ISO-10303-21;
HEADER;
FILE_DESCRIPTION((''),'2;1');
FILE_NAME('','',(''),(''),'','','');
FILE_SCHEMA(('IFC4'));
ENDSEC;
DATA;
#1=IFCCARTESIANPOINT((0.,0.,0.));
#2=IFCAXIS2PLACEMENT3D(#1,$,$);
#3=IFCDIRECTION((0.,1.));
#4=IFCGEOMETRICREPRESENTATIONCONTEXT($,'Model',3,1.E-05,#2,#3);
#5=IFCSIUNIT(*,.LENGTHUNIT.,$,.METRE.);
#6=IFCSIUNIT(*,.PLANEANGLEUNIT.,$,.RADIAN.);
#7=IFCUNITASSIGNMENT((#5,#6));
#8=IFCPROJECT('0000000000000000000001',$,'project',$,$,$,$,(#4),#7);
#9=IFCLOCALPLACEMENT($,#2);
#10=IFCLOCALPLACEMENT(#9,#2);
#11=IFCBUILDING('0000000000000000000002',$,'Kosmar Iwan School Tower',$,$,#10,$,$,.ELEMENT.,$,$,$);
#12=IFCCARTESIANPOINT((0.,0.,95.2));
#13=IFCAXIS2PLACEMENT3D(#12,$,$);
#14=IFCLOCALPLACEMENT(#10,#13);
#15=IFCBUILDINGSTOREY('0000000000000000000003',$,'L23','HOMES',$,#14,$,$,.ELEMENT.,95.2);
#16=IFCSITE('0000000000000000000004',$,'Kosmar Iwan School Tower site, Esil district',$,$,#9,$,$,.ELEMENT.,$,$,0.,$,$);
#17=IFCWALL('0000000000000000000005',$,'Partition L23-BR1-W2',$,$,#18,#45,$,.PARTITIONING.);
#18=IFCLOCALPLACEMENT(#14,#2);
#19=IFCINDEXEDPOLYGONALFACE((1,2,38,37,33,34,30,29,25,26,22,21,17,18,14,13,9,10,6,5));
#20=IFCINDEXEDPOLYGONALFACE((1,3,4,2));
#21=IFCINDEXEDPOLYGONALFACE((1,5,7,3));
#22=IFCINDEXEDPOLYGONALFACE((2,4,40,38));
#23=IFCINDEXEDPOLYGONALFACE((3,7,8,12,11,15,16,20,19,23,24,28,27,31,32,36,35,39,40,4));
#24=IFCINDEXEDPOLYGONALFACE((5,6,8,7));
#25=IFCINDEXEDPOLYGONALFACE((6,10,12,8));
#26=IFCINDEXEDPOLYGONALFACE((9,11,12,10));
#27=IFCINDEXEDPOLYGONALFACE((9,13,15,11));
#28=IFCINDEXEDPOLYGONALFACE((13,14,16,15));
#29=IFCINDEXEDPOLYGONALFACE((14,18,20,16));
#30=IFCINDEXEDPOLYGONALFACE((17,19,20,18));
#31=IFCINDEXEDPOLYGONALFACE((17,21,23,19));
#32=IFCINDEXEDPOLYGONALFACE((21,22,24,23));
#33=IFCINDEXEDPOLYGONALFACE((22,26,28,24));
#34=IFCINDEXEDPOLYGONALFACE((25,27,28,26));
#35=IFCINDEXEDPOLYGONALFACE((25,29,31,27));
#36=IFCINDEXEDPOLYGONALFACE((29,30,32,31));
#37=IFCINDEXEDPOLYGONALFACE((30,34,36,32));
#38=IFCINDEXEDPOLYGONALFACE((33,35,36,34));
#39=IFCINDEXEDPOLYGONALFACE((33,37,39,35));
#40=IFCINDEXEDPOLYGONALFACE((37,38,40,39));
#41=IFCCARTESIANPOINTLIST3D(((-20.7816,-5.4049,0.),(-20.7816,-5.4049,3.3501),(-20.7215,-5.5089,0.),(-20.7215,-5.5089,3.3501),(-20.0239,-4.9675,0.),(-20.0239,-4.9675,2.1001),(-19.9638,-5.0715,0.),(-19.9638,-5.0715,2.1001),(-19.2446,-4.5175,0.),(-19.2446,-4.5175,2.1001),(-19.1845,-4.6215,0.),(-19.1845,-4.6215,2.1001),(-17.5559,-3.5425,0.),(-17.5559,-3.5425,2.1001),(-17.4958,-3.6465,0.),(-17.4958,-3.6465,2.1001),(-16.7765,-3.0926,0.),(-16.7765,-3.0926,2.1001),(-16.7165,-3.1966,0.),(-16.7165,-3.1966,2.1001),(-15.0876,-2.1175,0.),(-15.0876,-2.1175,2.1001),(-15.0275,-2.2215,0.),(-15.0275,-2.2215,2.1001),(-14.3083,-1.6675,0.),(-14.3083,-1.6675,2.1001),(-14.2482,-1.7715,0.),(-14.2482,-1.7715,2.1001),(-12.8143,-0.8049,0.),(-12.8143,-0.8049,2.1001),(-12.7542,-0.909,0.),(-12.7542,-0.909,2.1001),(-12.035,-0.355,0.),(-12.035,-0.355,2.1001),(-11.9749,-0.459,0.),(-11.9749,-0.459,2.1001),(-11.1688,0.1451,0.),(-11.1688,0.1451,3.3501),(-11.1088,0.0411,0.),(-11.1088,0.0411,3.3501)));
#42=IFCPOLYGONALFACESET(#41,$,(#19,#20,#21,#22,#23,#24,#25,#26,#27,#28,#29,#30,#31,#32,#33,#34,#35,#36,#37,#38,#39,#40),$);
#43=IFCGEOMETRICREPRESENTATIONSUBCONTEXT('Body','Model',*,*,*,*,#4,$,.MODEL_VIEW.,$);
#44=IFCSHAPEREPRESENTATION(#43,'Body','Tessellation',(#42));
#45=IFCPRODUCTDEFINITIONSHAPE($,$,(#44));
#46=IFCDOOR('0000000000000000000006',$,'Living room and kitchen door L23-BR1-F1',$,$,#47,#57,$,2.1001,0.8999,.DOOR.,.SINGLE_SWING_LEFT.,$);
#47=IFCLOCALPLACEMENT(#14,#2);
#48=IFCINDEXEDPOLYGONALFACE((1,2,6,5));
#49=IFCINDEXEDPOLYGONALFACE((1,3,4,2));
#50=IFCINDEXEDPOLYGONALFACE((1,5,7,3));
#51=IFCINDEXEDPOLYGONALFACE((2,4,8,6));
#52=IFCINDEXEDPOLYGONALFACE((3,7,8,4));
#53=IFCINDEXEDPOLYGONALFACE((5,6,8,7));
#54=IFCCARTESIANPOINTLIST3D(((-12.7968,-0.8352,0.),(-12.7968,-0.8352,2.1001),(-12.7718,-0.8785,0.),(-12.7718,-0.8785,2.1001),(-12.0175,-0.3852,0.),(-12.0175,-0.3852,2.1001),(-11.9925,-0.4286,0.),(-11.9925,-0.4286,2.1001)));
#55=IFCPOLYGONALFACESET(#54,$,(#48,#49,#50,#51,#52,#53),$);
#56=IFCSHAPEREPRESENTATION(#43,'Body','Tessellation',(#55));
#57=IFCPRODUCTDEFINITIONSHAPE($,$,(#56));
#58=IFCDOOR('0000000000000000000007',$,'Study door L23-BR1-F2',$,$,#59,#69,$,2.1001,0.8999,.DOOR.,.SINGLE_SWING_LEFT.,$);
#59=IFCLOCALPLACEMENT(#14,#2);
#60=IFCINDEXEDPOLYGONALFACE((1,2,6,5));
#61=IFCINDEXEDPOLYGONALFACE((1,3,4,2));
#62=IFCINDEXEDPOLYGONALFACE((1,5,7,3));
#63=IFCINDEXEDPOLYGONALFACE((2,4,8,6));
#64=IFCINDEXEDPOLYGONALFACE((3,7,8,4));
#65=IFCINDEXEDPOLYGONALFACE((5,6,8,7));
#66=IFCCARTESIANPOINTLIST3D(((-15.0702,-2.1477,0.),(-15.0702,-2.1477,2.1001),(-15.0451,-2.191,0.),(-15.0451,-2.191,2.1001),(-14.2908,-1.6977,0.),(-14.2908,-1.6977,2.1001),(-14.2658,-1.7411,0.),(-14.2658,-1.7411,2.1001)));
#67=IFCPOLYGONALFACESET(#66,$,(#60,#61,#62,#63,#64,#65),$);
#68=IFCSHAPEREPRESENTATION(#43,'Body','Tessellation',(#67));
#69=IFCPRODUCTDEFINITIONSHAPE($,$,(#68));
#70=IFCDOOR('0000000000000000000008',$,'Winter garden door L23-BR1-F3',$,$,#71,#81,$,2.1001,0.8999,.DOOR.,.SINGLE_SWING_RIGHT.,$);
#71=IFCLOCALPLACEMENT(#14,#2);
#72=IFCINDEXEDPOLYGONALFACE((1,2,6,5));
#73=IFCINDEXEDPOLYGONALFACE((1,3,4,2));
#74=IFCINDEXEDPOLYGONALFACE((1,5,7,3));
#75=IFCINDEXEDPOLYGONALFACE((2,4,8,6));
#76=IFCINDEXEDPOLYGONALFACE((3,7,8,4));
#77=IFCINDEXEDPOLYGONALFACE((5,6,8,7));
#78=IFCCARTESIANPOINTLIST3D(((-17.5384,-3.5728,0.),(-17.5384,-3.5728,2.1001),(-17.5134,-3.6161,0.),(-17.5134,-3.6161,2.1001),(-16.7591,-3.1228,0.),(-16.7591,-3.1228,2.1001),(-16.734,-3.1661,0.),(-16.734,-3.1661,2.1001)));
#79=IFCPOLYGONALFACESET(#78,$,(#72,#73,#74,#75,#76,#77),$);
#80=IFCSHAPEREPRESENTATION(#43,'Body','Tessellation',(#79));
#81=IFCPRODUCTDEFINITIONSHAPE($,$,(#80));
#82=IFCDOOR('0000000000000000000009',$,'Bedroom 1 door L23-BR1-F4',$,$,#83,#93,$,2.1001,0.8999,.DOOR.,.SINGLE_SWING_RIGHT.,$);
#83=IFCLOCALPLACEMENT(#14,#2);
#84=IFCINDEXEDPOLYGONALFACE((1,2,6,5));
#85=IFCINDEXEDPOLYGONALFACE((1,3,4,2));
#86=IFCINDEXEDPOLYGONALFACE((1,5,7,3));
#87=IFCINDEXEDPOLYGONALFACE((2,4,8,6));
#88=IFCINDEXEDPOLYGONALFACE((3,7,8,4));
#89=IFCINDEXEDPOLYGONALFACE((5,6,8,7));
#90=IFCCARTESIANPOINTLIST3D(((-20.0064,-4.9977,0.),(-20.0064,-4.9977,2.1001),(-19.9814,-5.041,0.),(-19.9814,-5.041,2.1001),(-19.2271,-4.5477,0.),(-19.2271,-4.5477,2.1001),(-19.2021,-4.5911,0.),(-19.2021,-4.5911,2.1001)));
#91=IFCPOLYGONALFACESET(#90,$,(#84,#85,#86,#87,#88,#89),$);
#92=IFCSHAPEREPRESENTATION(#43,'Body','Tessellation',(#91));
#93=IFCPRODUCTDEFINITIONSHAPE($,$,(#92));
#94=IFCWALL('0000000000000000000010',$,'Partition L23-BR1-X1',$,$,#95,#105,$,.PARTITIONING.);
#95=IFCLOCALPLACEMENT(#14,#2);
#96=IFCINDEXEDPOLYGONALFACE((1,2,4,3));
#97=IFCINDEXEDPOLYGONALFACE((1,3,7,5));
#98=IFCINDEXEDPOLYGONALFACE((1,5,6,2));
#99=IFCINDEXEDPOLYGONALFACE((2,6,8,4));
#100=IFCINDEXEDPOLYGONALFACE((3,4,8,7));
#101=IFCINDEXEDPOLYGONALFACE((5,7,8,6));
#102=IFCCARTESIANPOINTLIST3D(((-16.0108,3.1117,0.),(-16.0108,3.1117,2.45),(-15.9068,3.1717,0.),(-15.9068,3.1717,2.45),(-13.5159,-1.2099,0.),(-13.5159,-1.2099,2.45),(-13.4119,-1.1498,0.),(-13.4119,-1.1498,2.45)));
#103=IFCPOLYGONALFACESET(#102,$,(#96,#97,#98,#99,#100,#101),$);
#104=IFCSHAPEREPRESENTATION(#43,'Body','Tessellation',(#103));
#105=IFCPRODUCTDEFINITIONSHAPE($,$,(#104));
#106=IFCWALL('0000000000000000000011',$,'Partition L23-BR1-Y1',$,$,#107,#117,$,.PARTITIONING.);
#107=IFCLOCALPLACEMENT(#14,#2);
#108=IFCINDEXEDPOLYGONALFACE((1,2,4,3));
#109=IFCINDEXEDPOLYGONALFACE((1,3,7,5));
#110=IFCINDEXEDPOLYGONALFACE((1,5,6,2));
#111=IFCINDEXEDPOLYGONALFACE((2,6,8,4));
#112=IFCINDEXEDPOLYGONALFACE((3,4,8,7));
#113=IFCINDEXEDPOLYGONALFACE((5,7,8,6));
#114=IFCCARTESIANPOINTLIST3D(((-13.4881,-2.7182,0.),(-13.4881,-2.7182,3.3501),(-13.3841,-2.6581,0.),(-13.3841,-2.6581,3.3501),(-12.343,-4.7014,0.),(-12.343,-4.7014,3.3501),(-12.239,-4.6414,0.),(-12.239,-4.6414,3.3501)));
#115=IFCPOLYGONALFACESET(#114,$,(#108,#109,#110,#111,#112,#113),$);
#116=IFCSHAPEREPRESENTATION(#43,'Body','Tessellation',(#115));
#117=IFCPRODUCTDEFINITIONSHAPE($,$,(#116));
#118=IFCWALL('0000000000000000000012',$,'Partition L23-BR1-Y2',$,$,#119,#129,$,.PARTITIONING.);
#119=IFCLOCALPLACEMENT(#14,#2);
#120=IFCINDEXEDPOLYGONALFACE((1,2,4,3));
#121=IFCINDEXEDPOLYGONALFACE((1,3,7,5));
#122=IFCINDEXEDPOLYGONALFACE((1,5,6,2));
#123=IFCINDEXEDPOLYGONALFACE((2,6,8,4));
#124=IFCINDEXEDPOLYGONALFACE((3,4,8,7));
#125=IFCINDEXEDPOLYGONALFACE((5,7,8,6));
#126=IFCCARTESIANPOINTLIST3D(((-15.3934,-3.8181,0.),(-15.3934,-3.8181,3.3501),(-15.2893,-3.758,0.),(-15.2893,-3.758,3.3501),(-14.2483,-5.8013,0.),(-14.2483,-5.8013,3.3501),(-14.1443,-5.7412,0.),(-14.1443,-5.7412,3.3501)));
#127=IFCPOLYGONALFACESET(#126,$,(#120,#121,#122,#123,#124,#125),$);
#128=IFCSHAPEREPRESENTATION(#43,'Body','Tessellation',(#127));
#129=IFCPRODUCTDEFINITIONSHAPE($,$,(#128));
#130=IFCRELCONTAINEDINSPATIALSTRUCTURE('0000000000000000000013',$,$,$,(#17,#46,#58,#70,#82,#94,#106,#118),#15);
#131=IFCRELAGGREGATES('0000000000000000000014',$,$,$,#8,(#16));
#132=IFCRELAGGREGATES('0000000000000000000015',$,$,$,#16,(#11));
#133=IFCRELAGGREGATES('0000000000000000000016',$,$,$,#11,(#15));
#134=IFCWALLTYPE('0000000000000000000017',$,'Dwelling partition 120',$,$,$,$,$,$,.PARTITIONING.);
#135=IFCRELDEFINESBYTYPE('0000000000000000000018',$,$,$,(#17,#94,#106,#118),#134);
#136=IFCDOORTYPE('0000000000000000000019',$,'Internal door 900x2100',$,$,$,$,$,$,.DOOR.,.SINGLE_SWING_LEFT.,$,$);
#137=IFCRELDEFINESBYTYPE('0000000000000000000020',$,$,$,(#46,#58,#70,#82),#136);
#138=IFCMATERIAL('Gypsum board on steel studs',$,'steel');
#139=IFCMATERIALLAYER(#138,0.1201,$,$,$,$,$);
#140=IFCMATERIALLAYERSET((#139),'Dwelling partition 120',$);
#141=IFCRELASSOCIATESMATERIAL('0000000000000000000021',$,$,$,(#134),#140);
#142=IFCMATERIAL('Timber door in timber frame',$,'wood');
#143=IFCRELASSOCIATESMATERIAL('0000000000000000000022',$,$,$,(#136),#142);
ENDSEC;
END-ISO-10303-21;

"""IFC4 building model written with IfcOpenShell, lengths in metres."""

from ifc_helpers import new_model, si_unit, direction, frame, frame_2d, origin, place, context, subcontext, project, spatial, rectangle, extrude, material, layer, layer_set, type_object, element, fill, save


model = new_model("IFC4")

# Units and contexts
model_context = context("Model", 3, precision=1e-05, world=origin(), true_north=direction((0.0, 1.0)))
body_context = subcontext(model_context, "Body", "Model", "MODEL_VIEW")
ifc_project = project(units=[si_unit("LENGTHUNIT", "METRE"), si_unit("PLANEANGLEUNIT", "RADIAN")], contexts=[model_context])

# Site, building, storey
site_placement = place(None, origin())
site = spatial("IfcSite", under=ifc_project, at=site_placement, Name="Kosmar Iwan School Tower site, Esil district", CompositionType="ELEMENT", RefElevation=0.0)
building_placement = place(site_placement, origin())
building = spatial("IfcBuilding", under=site, at=building_placement, Name="Kosmar Iwan School Tower", CompositionType="ELEMENT")
storey_placement = place(building_placement, frame((0.0, 0.0, 95.2)))
storey = spatial("IfcBuildingStorey", under=building, at=storey_placement, Name="L23", Description="HOMES", CompositionType="ELEMENT", Elevation=95.2)

# Wall, openings, doors
ifc_material_1 = material(Name="Gypsum board on steel studs", Category="steel")
ifc_layer = layer(ifc_material_1, 0.1201)
ifc_layer_set = layer_set([ifc_layer], Name="Dwelling partition 120")
wall_type = type_object("IfcWallType", Name="Dwelling partition 120", PredefinedType="PARTITIONING", material=ifc_layer_set)
ifc_material_2 = material(Name="Timber door in timber frame", Category="wood")
door_type_1 = type_object("IfcDoorType", Name="Internal door 900x2100", OperationType="SINGLE_SWING_LEFT", PredefinedType="DOOR", material=ifc_material_2)
wall_1_placement = place(storey_placement, frame((-11.1389, 0.093, 0.0), z_axis=(0.0, 0.0, 1.0), x_axis=(-0.866021, -0.500007, 0.0)))
wall_1 = element("IfcWall", 1, at=wall_1_placement, inside=storey, type_object=wall_type, Name="Partition L23-BR1-W2", PredefinedType="PARTITIONING", context=body_context, shape_type="SweptSolid", body=[
    extrude(rectangle(XDim=11.0999, YDim=0.1201, at=frame_2d((5.5498, 0.0))), origin(), (0.0, 0.0, 1.0), 3.3501),
])
opening_1_placement = place(wall_1_placement, frame((1.0, 0.0, 0.0)))
opening_1 = element("IfcOpeningElement", 2, at=opening_1_placement, cuts=wall_1, PredefinedType="OPENING", context=body_context, shape_type="SweptSolid", body=[
    extrude(rectangle(XDim=0.8999, YDim=2.1001, at=frame_2d((0.45, 1.05))), frame((0.0, 0.072, 0.0), z_axis=(0.0, -1.0, 0.0), x_axis=(1.0, 0.0, 0.0)), (0.0, 0.0, 1.0), 0.144),
])
opening_2_placement = place(wall_1_placement, frame((3.625, 0.0, 0.0)))
opening_2 = element("IfcOpeningElement", 3, at=opening_2_placement, cuts=wall_1, PredefinedType="OPENING", context=body_context, shape_type="SweptSolid", body=[
    extrude(rectangle(XDim=0.8999, YDim=2.1001, at=frame_2d((0.45, 1.05))), frame((0.0, 0.072, 0.0), z_axis=(0.0, -1.0, 0.0), x_axis=(1.0, 0.0, 0.0)), (0.0, 0.0, 1.0), 0.144),
])
opening_3_placement = place(wall_1_placement, frame((6.4751, 0.0, 0.0)))
opening_3 = element("IfcOpeningElement", 4, at=opening_3_placement, cuts=wall_1, PredefinedType="OPENING", context=body_context, shape_type="SweptSolid", body=[
    extrude(rectangle(XDim=0.8999, YDim=2.1001, at=frame_2d((0.45, 1.05))), frame((0.0, 0.072, 0.0), z_axis=(0.0, -1.0, 0.0), x_axis=(1.0, 0.0, 0.0)), (0.0, 0.0, 1.0), 0.144),
])
opening_4_placement = place(wall_1_placement, frame((9.325, 0.0, 0.0)))
opening_4 = element("IfcOpeningElement", 5, at=opening_4_placement, cuts=wall_1, PredefinedType="OPENING", context=body_context, shape_type="SweptSolid", body=[
    extrude(rectangle(XDim=0.8999, YDim=2.1001, at=frame_2d((0.45, 1.05))), frame((0.0, 0.072, 0.0), z_axis=(0.0, -1.0, 0.0), x_axis=(1.0, 0.0, 0.0)), (0.0, 0.0, 1.0), 0.144),
])
door_1_placement = place(opening_1_placement, origin())
door_1 = element("IfcDoor", 6, at=door_1_placement, inside=storey, type_object=door_type_1, Name="Living room and kitchen door L23-BR1-F1", OperationType="SINGLE_SWING_LEFT", OverallHeight=2.1001, OverallWidth=0.8999, PredefinedType="DOOR", context=body_context, shape_type="SweptSolid", body=[
    extrude(rectangle(XDim=0.8999, YDim=2.1001, at=frame_2d((0.45, 1.05))), frame((0.0, 0.0249, 0.0), z_axis=(0.0, -1.0, 0.0), x_axis=(1.0, 0.0, 0.0)), (0.0, 0.0, 1.0), 0.05),
])
fill(opening_1, door_1)
door_2_placement = place(opening_2_placement, origin())
door_2 = element("IfcDoor", 7, at=door_2_placement, inside=storey, type_object=door_type_1, Name="Study door L23-BR1-F2", OperationType="SINGLE_SWING_LEFT", OverallHeight=2.1001, OverallWidth=0.8999, PredefinedType="DOOR", context=body_context, shape_type="SweptSolid", body=[
    extrude(rectangle(XDim=0.8999, YDim=2.1001, at=frame_2d((0.45, 1.05))), frame((0.0, 0.0249, 0.0), z_axis=(0.0, -1.0, 0.0), x_axis=(1.0, 0.0, 0.0)), (0.0, 0.0, 1.0), 0.05),
])
fill(opening_2, door_2)
door_3_placement = place(opening_3_placement, origin())
door_3 = element("IfcDoor", 8, at=door_3_placement, inside=storey, type_object=door_type_1, Name="Winter garden door L23-BR1-F3", OperationType="SINGLE_SWING_RIGHT", OverallHeight=2.1001, OverallWidth=0.8999, PredefinedType="DOOR", context=body_context, shape_type="SweptSolid", body=[
    extrude(rectangle(XDim=0.8999, YDim=2.1001, at=frame_2d((0.45, 1.05))), frame((0.0, 0.0249, 0.0), z_axis=(0.0, -1.0, 0.0), x_axis=(1.0, 0.0, 0.0)), (0.0, 0.0, 1.0), 0.05),
])
fill(opening_3, door_3)
door_4_placement = place(opening_4_placement, origin())
door_4 = element("IfcDoor", 9, at=door_4_placement, inside=storey, type_object=door_type_1, Name="Bedroom 1 door L23-BR1-F4", OperationType="SINGLE_SWING_RIGHT", OverallHeight=2.1001, OverallWidth=0.8999, PredefinedType="DOOR", context=body_context, shape_type="SweptSolid", body=[
    extrude(rectangle(XDim=0.8999, YDim=2.1001, at=frame_2d((0.45, 1.05))), frame((0.0, 0.0249, 0.0), z_axis=(0.0, -1.0, 0.0), x_axis=(1.0, 0.0, 0.0)), (0.0, 0.0, 1.0), 0.05),
])
fill(opening_4, door_4)

# Walls
wall_2_placement = place(storey_placement, frame((-13.4639, -1.1799, 0.0), z_axis=(0.0, 0.0, 1.0), x_axis=(-0.499975, 0.86604, 0.0)))
element("IfcWall", 10, at=wall_2_placement, inside=storey, type_object=wall_type, Name="Partition L23-BR1-X1", PredefinedType="PARTITIONING", context=body_context, shape_type="SweptSolid", body=[
    extrude(rectangle(XDim=4.99, YDim=0.1201, at=frame_2d((2.4951, 0.0))), origin(), (0.0, 0.0, 1.0), 2.45),
])
for number, where, z_axis, x_axis, name in (
    (11, (-12.291, -4.6714, 0.0), (0.0, 0.0, 1.0), (-0.500015, 0.866017, 0.0), "Partition L23-BR1-Y1"),
    (12, (-14.1963, -5.7712, 0.0), (0.0, 0.0, 1.0), (-0.500015, 0.866017, 0.0), "Partition L23-BR1-Y2"),
):
    element("IfcWall", number, at=place(storey_placement, frame(where, z_axis=z_axis, x_axis=x_axis)), inside=storey, type_object=wall_type, Name=name, PredefinedType="PARTITIONING", context=body_context, shape_type="SweptSolid", body=[
        extrude(rectangle(XDim=2.29, YDim=0.1201, at=frame_2d((1.145, 0.0))), origin(), (0.0, 0.0, 1.0), 3.3501),
    ])

save(model, "model.ifc")
